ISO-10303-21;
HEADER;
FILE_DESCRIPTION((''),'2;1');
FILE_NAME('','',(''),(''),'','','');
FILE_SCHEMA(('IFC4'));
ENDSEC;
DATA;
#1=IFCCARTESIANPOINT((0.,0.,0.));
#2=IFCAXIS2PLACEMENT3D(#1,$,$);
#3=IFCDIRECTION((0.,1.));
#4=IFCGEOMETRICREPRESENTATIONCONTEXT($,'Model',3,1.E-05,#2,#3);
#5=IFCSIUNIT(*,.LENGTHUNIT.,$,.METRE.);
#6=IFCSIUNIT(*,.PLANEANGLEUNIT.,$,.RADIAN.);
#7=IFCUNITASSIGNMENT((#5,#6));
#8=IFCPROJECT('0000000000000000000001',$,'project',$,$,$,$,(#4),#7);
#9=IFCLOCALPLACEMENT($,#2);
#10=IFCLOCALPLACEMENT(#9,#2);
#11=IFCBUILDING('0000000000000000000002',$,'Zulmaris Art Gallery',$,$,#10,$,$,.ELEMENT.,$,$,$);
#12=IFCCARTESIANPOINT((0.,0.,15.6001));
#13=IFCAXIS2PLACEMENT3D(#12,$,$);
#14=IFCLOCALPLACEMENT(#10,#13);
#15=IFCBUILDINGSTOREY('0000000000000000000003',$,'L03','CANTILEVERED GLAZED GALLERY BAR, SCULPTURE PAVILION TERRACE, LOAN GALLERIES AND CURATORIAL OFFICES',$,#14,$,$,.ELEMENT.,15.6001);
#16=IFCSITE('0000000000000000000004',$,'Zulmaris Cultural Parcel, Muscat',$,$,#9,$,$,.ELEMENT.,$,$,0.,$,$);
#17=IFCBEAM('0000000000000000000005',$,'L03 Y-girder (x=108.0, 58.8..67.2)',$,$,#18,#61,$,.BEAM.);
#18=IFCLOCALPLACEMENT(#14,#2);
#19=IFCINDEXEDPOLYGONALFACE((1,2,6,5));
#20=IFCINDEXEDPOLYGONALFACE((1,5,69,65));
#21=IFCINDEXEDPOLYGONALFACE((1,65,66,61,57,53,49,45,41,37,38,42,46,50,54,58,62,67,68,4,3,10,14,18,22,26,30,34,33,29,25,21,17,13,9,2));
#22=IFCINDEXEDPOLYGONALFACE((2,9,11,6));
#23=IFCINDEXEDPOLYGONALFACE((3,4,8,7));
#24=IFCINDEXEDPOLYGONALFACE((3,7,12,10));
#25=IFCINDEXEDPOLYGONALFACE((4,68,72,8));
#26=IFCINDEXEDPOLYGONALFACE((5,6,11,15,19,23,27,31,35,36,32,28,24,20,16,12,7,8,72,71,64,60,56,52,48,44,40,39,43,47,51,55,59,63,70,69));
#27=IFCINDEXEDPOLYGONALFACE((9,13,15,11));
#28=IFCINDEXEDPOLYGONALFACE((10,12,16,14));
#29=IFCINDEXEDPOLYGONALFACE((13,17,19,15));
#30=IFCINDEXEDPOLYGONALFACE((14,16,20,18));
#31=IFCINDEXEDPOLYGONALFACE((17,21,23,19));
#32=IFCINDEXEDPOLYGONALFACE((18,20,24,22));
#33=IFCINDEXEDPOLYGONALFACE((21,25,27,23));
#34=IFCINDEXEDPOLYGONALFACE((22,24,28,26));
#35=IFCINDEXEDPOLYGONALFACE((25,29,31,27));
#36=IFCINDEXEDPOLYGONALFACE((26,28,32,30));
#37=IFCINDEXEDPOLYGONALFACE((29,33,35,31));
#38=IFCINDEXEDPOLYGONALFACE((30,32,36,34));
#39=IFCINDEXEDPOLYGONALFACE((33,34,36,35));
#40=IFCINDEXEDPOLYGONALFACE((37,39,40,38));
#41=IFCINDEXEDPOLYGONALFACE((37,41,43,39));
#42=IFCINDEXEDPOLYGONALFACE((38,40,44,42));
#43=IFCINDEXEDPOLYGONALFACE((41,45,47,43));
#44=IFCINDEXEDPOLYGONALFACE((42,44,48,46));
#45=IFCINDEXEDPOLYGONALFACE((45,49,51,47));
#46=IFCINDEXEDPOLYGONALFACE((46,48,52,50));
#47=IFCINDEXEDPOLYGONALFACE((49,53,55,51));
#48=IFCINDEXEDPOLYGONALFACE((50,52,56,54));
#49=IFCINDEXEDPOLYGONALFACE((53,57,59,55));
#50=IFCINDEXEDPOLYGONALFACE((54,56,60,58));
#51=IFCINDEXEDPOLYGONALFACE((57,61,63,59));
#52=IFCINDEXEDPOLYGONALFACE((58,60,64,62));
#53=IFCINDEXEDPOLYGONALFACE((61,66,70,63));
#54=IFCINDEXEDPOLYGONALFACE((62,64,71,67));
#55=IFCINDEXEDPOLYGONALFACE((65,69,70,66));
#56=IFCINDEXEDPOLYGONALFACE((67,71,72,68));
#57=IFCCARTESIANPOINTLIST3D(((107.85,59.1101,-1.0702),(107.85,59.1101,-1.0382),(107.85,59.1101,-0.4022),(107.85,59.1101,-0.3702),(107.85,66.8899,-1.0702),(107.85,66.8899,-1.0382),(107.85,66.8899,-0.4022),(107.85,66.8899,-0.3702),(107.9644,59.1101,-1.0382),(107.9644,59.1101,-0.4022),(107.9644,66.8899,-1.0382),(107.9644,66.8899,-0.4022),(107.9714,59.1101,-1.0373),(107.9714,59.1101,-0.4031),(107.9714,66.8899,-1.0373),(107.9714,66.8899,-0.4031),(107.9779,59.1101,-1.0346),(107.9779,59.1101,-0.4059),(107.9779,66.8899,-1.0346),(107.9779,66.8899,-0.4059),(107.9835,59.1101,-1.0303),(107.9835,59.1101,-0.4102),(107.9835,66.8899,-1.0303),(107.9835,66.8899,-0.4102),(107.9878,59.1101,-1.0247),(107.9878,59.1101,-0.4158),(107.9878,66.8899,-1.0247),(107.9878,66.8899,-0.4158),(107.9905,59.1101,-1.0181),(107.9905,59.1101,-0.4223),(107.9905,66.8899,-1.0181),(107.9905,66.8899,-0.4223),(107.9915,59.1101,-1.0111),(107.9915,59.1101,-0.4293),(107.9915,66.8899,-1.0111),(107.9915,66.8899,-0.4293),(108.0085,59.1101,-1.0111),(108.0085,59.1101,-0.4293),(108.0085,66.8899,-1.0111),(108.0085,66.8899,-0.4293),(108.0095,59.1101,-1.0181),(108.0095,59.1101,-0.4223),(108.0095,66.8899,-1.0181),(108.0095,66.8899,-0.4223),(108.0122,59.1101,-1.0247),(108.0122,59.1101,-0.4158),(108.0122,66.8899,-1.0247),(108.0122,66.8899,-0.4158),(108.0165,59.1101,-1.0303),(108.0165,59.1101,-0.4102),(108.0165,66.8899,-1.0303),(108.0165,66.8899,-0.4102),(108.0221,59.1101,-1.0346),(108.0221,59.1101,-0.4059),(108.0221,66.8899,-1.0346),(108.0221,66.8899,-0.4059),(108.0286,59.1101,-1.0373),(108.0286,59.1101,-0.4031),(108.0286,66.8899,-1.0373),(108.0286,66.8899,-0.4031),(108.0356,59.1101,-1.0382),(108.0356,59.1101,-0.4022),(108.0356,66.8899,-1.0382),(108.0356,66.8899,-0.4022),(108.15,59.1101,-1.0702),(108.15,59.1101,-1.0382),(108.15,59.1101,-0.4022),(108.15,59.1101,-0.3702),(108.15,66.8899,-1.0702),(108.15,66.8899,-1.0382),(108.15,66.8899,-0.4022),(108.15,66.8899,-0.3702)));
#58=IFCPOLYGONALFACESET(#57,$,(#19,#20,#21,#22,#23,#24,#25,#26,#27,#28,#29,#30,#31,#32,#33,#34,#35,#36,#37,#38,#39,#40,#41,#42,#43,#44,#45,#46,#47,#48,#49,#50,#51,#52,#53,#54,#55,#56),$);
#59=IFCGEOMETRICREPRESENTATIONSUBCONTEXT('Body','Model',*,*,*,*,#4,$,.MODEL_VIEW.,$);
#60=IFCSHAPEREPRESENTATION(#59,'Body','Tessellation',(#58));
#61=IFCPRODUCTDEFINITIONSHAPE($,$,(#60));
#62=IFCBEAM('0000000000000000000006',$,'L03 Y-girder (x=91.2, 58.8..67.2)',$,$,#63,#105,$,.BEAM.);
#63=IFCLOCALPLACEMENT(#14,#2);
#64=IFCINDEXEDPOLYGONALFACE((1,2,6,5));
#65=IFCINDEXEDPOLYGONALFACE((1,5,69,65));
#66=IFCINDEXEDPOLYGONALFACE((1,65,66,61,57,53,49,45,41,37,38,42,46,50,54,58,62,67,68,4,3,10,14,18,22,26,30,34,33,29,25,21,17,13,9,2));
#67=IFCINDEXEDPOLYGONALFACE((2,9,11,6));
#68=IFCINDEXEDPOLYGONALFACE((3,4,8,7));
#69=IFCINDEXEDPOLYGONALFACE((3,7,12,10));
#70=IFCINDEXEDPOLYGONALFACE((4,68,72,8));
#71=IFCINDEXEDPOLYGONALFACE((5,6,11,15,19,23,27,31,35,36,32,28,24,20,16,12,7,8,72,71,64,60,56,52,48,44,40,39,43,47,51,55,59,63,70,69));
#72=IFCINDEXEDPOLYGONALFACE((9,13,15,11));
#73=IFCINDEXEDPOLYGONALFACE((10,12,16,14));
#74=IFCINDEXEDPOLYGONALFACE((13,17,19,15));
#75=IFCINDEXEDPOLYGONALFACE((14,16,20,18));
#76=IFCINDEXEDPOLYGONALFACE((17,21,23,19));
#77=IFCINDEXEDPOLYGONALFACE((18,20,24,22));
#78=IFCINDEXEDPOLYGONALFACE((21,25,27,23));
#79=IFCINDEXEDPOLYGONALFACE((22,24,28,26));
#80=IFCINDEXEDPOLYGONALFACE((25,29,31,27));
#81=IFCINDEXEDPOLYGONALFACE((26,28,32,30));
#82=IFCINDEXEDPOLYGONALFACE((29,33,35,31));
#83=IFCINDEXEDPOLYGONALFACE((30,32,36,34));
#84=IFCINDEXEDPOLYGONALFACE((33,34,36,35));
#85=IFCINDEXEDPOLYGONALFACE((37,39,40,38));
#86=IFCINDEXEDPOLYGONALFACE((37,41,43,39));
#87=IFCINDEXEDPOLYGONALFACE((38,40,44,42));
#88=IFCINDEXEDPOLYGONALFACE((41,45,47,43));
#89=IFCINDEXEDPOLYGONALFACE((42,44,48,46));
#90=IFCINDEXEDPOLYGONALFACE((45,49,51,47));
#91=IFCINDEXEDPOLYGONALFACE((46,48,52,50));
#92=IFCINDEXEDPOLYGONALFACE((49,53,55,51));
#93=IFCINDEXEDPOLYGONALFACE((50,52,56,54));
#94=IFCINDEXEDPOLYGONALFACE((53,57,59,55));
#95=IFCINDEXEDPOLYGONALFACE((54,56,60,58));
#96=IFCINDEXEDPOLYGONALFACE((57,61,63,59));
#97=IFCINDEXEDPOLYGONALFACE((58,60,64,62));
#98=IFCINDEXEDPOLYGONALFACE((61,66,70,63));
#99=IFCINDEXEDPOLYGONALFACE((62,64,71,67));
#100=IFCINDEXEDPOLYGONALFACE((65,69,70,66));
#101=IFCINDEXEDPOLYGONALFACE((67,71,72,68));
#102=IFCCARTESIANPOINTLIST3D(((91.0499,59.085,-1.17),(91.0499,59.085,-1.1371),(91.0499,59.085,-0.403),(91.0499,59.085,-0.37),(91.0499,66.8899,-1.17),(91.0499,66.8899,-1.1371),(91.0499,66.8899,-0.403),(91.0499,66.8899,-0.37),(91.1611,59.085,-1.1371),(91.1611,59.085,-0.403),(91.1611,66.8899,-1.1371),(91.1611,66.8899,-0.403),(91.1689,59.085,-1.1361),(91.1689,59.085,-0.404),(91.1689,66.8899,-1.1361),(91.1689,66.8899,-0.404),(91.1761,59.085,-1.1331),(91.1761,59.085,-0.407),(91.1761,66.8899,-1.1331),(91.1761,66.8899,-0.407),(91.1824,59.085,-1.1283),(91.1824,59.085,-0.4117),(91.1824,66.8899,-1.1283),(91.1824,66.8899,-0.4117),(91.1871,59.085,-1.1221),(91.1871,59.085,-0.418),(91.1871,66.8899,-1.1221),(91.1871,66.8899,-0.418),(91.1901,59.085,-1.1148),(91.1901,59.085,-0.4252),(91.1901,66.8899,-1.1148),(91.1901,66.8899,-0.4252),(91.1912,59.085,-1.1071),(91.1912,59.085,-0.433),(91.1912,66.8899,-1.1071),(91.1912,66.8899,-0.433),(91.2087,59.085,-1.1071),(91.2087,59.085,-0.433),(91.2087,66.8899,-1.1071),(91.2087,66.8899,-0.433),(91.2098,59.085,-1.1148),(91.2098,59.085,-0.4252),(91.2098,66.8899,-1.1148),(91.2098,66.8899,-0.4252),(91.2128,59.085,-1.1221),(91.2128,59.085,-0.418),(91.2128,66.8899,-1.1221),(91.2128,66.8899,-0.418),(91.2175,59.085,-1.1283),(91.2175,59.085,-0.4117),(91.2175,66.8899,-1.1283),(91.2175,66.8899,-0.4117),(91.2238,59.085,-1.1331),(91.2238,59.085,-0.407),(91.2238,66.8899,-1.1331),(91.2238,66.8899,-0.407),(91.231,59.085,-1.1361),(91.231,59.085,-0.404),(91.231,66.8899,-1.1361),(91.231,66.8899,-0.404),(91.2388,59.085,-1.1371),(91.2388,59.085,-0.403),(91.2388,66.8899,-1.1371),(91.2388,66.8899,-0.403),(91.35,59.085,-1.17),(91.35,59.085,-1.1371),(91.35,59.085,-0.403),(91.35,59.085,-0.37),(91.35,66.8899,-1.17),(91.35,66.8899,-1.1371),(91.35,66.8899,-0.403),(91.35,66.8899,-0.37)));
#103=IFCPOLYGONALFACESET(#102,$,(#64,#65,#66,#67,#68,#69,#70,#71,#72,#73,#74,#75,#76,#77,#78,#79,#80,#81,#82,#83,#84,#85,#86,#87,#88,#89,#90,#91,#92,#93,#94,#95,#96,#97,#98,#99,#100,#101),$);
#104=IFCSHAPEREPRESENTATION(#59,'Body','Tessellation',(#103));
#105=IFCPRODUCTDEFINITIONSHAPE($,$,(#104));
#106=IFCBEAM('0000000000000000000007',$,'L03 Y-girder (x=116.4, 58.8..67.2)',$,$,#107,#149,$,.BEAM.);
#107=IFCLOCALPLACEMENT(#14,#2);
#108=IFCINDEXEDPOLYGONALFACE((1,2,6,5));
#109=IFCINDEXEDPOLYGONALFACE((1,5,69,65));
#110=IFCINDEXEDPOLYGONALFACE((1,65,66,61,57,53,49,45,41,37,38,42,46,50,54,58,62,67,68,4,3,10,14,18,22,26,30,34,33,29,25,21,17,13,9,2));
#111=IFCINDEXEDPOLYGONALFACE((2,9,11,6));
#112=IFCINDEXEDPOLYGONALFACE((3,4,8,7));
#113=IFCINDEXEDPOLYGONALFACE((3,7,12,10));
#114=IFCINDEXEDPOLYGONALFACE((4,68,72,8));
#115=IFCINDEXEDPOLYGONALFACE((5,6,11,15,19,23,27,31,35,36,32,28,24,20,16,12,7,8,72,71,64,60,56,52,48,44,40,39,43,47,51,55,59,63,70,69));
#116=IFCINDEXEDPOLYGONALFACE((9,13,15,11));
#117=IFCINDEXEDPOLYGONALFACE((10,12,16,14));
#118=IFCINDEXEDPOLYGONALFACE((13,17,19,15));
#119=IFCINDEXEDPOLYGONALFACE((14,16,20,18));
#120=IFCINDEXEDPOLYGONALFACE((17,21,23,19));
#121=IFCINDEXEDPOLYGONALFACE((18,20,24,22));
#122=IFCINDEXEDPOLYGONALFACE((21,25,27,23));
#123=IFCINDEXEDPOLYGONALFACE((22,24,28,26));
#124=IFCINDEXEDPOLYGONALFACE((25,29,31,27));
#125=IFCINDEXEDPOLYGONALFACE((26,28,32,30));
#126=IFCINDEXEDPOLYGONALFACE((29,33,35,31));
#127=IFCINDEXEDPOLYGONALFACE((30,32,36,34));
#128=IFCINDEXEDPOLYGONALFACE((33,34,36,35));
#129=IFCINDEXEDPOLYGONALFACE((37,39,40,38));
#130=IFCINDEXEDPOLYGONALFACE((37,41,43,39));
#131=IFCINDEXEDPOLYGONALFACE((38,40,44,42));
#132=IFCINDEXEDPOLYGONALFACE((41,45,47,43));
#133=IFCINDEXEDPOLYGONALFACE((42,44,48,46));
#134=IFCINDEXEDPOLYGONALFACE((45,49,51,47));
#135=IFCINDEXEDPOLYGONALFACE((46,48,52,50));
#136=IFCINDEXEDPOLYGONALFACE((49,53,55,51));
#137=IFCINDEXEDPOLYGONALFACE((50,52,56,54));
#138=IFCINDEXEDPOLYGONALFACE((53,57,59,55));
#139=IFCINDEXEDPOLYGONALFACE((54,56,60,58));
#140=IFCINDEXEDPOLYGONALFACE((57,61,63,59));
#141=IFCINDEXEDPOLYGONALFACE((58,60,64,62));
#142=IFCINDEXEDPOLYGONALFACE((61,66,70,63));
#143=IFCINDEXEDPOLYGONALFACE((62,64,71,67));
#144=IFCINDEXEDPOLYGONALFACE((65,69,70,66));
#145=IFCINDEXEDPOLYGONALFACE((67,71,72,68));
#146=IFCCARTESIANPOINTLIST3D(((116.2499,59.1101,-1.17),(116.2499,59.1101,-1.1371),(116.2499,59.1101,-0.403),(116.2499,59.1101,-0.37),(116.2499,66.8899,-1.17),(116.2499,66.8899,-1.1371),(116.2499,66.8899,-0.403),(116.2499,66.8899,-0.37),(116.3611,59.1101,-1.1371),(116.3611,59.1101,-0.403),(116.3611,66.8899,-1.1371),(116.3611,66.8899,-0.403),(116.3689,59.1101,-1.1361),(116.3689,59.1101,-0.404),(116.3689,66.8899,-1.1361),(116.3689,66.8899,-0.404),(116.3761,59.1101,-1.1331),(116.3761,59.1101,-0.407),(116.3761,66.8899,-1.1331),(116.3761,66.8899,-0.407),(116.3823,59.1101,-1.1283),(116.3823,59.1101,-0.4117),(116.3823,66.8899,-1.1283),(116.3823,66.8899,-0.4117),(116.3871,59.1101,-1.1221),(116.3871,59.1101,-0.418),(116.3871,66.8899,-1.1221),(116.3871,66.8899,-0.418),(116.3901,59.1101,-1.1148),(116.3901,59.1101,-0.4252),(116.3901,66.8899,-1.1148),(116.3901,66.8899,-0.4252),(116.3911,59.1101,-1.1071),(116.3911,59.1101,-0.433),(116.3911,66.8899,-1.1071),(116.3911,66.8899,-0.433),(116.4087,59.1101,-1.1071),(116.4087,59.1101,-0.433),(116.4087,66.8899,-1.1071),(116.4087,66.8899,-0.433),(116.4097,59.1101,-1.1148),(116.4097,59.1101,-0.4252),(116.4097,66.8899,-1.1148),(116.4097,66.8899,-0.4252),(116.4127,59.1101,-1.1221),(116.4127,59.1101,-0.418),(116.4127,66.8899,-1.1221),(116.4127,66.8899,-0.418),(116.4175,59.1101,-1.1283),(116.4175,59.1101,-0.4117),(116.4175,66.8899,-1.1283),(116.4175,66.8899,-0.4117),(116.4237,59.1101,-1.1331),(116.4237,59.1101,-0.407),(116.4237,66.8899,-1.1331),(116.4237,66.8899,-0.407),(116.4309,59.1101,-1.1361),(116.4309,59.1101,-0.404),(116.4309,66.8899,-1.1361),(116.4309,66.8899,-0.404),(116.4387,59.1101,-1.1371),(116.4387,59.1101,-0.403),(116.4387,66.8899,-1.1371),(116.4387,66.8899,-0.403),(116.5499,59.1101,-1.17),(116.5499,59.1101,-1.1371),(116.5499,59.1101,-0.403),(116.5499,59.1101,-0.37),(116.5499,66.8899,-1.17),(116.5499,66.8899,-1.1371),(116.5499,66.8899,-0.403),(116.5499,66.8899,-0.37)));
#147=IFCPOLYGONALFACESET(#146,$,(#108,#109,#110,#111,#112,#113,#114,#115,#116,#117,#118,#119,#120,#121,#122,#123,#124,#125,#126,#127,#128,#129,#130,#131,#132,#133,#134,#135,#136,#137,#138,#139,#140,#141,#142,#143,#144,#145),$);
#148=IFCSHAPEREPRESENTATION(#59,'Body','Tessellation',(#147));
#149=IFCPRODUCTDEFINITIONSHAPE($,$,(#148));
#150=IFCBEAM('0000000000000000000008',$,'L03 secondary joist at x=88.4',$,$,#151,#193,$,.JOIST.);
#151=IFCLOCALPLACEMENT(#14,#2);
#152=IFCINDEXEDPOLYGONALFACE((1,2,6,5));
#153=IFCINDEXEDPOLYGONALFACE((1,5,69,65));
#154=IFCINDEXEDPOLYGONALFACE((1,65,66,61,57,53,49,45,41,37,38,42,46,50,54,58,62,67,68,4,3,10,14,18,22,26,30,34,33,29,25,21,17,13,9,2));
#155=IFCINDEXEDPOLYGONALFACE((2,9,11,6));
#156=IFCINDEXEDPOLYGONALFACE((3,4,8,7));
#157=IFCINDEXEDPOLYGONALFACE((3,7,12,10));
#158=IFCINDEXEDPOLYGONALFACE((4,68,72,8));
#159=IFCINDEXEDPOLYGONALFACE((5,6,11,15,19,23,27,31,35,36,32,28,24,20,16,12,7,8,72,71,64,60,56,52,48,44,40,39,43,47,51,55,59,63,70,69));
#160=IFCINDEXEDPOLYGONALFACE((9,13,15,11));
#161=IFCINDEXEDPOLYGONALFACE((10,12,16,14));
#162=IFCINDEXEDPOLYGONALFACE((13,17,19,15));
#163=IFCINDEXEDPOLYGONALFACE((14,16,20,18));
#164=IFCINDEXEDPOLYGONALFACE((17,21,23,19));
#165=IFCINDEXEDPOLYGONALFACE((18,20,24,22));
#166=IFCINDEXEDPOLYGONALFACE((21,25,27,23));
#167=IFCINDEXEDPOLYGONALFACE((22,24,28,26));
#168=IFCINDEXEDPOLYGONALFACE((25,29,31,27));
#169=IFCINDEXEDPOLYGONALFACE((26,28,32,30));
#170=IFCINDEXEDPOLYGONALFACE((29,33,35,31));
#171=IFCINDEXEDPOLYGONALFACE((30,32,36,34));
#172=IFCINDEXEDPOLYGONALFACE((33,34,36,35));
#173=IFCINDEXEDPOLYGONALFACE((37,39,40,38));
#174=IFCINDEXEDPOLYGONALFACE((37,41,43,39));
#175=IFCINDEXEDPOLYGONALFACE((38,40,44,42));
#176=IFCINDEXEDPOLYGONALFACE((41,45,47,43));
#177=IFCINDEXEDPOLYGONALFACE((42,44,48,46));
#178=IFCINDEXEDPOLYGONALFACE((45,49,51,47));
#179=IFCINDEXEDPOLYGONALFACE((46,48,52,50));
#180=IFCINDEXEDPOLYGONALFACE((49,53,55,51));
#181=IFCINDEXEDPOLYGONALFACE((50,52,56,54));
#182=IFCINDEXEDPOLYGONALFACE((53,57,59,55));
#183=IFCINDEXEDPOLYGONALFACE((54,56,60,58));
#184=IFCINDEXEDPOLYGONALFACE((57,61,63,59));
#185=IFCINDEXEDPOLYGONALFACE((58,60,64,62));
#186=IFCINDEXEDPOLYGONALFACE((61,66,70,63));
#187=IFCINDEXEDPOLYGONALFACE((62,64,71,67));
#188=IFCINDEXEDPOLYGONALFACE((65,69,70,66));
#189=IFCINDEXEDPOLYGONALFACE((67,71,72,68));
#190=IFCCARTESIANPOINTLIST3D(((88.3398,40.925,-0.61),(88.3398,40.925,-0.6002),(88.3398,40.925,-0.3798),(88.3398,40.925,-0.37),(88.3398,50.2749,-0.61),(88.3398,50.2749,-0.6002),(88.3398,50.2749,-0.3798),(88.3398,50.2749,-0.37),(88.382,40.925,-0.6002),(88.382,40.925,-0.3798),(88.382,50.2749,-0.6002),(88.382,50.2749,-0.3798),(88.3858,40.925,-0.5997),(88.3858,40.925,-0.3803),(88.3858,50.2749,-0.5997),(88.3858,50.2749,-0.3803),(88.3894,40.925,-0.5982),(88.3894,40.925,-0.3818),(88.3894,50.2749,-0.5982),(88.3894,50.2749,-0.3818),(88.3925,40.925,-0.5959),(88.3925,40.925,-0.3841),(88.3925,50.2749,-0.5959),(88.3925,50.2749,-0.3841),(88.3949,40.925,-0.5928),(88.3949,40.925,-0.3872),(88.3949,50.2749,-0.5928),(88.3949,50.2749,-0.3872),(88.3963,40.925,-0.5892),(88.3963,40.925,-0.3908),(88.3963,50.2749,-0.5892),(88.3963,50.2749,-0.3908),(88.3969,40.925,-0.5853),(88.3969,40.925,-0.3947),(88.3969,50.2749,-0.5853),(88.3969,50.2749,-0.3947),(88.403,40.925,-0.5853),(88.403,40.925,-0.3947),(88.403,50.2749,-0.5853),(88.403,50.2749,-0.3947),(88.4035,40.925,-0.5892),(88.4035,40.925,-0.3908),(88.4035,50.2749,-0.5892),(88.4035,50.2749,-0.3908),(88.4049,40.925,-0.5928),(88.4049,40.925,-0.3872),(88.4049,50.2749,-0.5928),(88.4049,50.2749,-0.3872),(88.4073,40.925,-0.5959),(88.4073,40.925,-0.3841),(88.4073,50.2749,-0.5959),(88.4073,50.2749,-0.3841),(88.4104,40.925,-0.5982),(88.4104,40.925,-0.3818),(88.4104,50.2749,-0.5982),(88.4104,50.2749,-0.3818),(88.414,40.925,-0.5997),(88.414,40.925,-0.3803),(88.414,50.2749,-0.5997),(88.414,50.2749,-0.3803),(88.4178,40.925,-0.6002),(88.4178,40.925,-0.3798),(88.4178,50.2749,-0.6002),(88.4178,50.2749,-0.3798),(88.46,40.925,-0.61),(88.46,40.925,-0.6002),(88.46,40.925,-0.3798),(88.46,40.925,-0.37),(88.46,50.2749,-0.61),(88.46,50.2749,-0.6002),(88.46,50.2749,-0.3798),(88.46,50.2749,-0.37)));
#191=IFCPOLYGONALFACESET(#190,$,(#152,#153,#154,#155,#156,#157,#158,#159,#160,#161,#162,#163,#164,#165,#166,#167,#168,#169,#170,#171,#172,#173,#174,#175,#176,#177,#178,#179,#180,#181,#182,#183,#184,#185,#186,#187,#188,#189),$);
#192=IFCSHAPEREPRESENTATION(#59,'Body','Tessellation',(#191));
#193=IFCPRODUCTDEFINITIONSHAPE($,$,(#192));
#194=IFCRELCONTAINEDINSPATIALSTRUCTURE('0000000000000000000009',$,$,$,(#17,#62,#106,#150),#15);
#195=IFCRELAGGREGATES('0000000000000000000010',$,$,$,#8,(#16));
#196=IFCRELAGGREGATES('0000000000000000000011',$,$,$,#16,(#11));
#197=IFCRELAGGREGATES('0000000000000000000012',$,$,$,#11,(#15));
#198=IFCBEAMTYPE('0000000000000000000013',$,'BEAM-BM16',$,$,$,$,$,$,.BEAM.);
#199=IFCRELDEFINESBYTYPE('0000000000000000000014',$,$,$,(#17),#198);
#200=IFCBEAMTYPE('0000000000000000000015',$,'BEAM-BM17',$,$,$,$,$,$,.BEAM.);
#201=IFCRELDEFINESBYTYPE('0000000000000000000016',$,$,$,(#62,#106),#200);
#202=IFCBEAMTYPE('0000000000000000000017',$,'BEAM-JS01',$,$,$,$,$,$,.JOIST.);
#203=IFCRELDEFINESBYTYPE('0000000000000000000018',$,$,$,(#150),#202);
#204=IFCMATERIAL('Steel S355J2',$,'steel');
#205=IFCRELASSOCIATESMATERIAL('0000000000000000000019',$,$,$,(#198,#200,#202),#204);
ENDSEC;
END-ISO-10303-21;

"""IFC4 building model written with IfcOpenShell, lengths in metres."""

from ifc_helpers import new_model, si_unit, direction, frame, origin, origin_2d, place, context, subcontext, project, spatial, i_section, extrude, material, material_profile, profile_set, type_object, element, save


model = new_model("IFC4")

# Units and contexts
model_context = context("Model", 3, precision=1e-05, world=origin(), true_north=direction((0.0, 1.0)))
body_context = subcontext(model_context, "Body", "Model", "MODEL_VIEW")
ifc_project = project(units=[si_unit("LENGTHUNIT", "METRE"), si_unit("PLANEANGLEUNIT", "RADIAN")], contexts=[model_context])

# Site, building, storey
site_placement = place(None, origin())
site = spatial("IfcSite", under=ifc_project, at=site_placement, Name="Zulmaris Cultural Parcel, Muscat", CompositionType="ELEMENT", RefElevation=0.0)
building_placement = place(site_placement, origin())
building = spatial("IfcBuilding", under=site, at=building_placement, Name="Zulmaris Art Gallery", CompositionType="ELEMENT")
storey_placement = place(building_placement, frame((0.0, 0.0, 15.6001)))
storey = spatial("IfcBuildingStorey", under=building, at=storey_placement, Name="L03", Description="CANTILEVERED GLAZED GALLERY BAR, SCULPTURE PAVILION TERRACE, LOAN GALLERIES AND CURATORIAL OFFICES", CompositionType="ELEMENT", Elevation=15.6001)

# Beams
ifc_material_1 = material(Name="Steel S355J2", Category="steel")
ifc_material_profile_1 = material_profile(ifc_material_1, i_section(OverallWidth=0.3, OverallDepth=0.7, WebThickness=0.0171, FlangeThickness=0.032, FilletRadius=0.0271, at=origin_2d()), Name="HEB 700")
ifc_profile_set_1 = profile_set([ifc_material_profile_1], Name="Steel S355J2")
beam_type_1 = type_object("IfcBeamType", Name="BEAM-BM16", PredefinedType="BEAM", material=ifc_profile_set_1)
beam_1_placement = place(storey_placement, frame((108.0, 59.1101, -0.7202), z_axis=(0.0, 1.0, 0.0), x_axis=(-1.0, 0.0, 0.0)))
element("IfcBeam", 1, at=beam_1_placement, inside=storey, type_object=beam_type_1, Name="L03 Y-girder (x=108.0, 58.8..67.2)", PredefinedType="BEAM", context=body_context, shape_type="SweptSolid", body=[
    extrude(i_section(OverallWidth=0.3, OverallDepth=0.7, WebThickness=0.0171, FlangeThickness=0.032, FilletRadius=0.0271, at=origin_2d()), origin(), (0.0, 0.0, 1.0), 7.7798),
])
ifc_material_profile_2 = material_profile(ifc_material_1, i_section(OverallWidth=0.3, OverallDepth=0.8, WebThickness=0.0176, FlangeThickness=0.033, FilletRadius=0.03, at=origin_2d()), Name="HEB 800")
ifc_profile_set_2 = profile_set([ifc_material_profile_2], Name="Steel S355J2")
beam_type_2 = type_object("IfcBeamType", Name="BEAM-BM17", PredefinedType="BEAM", material=ifc_profile_set_2)
beam_2_placement = place(storey_placement, frame((91.2, 59.085, -0.77), z_axis=(0.0, 1.0, 0.0), x_axis=(-1.0, 0.0, 0.0)))
element("IfcBeam", 2, at=beam_2_placement, inside=storey, type_object=beam_type_2, Name="L03 Y-girder (x=91.2, 58.8..67.2)", PredefinedType="BEAM", context=body_context, shape_type="SweptSolid", body=[
    extrude(i_section(OverallWidth=0.3, OverallDepth=0.8, WebThickness=0.0176, FlangeThickness=0.033, FilletRadius=0.03, at=origin_2d()), origin(), (0.0, 0.0, 1.0), 7.8049),
])
beam_3_placement = place(storey_placement, frame((116.3999, 59.1101, -0.77), z_axis=(0.0, 1.0, 0.0), x_axis=(-1.0, 0.0, 0.0)))
element("IfcBeam", 3, at=beam_3_placement, inside=storey, type_object=beam_type_2, Name="L03 Y-girder (x=116.4, 58.8..67.2)", PredefinedType="BEAM", context=body_context, shape_type="SweptSolid", body=[
    extrude(i_section(OverallWidth=0.3, OverallDepth=0.8, WebThickness=0.0176, FlangeThickness=0.033, FilletRadius=0.03, at=origin_2d()), origin(), (0.0, 0.0, 1.0), 7.7798),
])
ifc_material_profile_3 = material_profile(ifc_material_1, i_section(OverallWidth=0.1201, OverallDepth=0.24, WebThickness=0.0061, FlangeThickness=0.0098, FilletRadius=0.0149, at=origin_2d()), Name="IPE 240")
ifc_profile_set_3 = profile_set([ifc_material_profile_3], Name="Steel S355J2")
beam_type_3 = type_object("IfcBeamType", Name="BEAM-JS01", PredefinedType="JOIST", material=ifc_profile_set_3)
beam_4_placement = place(storey_placement, frame((88.3999, 40.925, -0.49), z_axis=(0.0, 1.0, 0.0), x_axis=(-1.0, 0.0, 0.0)))
element("IfcBeam", 4, at=beam_4_placement, inside=storey, type_object=beam_type_3, Name="L03 secondary joist at x=88.4", PredefinedType="JOIST", context=body_context, shape_type="SweptSolid", body=[
    extrude(i_section(OverallWidth=0.1201, OverallDepth=0.24, WebThickness=0.0061, FlangeThickness=0.0098, FilletRadius=0.0149, at=origin_2d()), origin(), (0.0, 0.0, 1.0), 9.3499),
])

save(model, "model.ifc")
